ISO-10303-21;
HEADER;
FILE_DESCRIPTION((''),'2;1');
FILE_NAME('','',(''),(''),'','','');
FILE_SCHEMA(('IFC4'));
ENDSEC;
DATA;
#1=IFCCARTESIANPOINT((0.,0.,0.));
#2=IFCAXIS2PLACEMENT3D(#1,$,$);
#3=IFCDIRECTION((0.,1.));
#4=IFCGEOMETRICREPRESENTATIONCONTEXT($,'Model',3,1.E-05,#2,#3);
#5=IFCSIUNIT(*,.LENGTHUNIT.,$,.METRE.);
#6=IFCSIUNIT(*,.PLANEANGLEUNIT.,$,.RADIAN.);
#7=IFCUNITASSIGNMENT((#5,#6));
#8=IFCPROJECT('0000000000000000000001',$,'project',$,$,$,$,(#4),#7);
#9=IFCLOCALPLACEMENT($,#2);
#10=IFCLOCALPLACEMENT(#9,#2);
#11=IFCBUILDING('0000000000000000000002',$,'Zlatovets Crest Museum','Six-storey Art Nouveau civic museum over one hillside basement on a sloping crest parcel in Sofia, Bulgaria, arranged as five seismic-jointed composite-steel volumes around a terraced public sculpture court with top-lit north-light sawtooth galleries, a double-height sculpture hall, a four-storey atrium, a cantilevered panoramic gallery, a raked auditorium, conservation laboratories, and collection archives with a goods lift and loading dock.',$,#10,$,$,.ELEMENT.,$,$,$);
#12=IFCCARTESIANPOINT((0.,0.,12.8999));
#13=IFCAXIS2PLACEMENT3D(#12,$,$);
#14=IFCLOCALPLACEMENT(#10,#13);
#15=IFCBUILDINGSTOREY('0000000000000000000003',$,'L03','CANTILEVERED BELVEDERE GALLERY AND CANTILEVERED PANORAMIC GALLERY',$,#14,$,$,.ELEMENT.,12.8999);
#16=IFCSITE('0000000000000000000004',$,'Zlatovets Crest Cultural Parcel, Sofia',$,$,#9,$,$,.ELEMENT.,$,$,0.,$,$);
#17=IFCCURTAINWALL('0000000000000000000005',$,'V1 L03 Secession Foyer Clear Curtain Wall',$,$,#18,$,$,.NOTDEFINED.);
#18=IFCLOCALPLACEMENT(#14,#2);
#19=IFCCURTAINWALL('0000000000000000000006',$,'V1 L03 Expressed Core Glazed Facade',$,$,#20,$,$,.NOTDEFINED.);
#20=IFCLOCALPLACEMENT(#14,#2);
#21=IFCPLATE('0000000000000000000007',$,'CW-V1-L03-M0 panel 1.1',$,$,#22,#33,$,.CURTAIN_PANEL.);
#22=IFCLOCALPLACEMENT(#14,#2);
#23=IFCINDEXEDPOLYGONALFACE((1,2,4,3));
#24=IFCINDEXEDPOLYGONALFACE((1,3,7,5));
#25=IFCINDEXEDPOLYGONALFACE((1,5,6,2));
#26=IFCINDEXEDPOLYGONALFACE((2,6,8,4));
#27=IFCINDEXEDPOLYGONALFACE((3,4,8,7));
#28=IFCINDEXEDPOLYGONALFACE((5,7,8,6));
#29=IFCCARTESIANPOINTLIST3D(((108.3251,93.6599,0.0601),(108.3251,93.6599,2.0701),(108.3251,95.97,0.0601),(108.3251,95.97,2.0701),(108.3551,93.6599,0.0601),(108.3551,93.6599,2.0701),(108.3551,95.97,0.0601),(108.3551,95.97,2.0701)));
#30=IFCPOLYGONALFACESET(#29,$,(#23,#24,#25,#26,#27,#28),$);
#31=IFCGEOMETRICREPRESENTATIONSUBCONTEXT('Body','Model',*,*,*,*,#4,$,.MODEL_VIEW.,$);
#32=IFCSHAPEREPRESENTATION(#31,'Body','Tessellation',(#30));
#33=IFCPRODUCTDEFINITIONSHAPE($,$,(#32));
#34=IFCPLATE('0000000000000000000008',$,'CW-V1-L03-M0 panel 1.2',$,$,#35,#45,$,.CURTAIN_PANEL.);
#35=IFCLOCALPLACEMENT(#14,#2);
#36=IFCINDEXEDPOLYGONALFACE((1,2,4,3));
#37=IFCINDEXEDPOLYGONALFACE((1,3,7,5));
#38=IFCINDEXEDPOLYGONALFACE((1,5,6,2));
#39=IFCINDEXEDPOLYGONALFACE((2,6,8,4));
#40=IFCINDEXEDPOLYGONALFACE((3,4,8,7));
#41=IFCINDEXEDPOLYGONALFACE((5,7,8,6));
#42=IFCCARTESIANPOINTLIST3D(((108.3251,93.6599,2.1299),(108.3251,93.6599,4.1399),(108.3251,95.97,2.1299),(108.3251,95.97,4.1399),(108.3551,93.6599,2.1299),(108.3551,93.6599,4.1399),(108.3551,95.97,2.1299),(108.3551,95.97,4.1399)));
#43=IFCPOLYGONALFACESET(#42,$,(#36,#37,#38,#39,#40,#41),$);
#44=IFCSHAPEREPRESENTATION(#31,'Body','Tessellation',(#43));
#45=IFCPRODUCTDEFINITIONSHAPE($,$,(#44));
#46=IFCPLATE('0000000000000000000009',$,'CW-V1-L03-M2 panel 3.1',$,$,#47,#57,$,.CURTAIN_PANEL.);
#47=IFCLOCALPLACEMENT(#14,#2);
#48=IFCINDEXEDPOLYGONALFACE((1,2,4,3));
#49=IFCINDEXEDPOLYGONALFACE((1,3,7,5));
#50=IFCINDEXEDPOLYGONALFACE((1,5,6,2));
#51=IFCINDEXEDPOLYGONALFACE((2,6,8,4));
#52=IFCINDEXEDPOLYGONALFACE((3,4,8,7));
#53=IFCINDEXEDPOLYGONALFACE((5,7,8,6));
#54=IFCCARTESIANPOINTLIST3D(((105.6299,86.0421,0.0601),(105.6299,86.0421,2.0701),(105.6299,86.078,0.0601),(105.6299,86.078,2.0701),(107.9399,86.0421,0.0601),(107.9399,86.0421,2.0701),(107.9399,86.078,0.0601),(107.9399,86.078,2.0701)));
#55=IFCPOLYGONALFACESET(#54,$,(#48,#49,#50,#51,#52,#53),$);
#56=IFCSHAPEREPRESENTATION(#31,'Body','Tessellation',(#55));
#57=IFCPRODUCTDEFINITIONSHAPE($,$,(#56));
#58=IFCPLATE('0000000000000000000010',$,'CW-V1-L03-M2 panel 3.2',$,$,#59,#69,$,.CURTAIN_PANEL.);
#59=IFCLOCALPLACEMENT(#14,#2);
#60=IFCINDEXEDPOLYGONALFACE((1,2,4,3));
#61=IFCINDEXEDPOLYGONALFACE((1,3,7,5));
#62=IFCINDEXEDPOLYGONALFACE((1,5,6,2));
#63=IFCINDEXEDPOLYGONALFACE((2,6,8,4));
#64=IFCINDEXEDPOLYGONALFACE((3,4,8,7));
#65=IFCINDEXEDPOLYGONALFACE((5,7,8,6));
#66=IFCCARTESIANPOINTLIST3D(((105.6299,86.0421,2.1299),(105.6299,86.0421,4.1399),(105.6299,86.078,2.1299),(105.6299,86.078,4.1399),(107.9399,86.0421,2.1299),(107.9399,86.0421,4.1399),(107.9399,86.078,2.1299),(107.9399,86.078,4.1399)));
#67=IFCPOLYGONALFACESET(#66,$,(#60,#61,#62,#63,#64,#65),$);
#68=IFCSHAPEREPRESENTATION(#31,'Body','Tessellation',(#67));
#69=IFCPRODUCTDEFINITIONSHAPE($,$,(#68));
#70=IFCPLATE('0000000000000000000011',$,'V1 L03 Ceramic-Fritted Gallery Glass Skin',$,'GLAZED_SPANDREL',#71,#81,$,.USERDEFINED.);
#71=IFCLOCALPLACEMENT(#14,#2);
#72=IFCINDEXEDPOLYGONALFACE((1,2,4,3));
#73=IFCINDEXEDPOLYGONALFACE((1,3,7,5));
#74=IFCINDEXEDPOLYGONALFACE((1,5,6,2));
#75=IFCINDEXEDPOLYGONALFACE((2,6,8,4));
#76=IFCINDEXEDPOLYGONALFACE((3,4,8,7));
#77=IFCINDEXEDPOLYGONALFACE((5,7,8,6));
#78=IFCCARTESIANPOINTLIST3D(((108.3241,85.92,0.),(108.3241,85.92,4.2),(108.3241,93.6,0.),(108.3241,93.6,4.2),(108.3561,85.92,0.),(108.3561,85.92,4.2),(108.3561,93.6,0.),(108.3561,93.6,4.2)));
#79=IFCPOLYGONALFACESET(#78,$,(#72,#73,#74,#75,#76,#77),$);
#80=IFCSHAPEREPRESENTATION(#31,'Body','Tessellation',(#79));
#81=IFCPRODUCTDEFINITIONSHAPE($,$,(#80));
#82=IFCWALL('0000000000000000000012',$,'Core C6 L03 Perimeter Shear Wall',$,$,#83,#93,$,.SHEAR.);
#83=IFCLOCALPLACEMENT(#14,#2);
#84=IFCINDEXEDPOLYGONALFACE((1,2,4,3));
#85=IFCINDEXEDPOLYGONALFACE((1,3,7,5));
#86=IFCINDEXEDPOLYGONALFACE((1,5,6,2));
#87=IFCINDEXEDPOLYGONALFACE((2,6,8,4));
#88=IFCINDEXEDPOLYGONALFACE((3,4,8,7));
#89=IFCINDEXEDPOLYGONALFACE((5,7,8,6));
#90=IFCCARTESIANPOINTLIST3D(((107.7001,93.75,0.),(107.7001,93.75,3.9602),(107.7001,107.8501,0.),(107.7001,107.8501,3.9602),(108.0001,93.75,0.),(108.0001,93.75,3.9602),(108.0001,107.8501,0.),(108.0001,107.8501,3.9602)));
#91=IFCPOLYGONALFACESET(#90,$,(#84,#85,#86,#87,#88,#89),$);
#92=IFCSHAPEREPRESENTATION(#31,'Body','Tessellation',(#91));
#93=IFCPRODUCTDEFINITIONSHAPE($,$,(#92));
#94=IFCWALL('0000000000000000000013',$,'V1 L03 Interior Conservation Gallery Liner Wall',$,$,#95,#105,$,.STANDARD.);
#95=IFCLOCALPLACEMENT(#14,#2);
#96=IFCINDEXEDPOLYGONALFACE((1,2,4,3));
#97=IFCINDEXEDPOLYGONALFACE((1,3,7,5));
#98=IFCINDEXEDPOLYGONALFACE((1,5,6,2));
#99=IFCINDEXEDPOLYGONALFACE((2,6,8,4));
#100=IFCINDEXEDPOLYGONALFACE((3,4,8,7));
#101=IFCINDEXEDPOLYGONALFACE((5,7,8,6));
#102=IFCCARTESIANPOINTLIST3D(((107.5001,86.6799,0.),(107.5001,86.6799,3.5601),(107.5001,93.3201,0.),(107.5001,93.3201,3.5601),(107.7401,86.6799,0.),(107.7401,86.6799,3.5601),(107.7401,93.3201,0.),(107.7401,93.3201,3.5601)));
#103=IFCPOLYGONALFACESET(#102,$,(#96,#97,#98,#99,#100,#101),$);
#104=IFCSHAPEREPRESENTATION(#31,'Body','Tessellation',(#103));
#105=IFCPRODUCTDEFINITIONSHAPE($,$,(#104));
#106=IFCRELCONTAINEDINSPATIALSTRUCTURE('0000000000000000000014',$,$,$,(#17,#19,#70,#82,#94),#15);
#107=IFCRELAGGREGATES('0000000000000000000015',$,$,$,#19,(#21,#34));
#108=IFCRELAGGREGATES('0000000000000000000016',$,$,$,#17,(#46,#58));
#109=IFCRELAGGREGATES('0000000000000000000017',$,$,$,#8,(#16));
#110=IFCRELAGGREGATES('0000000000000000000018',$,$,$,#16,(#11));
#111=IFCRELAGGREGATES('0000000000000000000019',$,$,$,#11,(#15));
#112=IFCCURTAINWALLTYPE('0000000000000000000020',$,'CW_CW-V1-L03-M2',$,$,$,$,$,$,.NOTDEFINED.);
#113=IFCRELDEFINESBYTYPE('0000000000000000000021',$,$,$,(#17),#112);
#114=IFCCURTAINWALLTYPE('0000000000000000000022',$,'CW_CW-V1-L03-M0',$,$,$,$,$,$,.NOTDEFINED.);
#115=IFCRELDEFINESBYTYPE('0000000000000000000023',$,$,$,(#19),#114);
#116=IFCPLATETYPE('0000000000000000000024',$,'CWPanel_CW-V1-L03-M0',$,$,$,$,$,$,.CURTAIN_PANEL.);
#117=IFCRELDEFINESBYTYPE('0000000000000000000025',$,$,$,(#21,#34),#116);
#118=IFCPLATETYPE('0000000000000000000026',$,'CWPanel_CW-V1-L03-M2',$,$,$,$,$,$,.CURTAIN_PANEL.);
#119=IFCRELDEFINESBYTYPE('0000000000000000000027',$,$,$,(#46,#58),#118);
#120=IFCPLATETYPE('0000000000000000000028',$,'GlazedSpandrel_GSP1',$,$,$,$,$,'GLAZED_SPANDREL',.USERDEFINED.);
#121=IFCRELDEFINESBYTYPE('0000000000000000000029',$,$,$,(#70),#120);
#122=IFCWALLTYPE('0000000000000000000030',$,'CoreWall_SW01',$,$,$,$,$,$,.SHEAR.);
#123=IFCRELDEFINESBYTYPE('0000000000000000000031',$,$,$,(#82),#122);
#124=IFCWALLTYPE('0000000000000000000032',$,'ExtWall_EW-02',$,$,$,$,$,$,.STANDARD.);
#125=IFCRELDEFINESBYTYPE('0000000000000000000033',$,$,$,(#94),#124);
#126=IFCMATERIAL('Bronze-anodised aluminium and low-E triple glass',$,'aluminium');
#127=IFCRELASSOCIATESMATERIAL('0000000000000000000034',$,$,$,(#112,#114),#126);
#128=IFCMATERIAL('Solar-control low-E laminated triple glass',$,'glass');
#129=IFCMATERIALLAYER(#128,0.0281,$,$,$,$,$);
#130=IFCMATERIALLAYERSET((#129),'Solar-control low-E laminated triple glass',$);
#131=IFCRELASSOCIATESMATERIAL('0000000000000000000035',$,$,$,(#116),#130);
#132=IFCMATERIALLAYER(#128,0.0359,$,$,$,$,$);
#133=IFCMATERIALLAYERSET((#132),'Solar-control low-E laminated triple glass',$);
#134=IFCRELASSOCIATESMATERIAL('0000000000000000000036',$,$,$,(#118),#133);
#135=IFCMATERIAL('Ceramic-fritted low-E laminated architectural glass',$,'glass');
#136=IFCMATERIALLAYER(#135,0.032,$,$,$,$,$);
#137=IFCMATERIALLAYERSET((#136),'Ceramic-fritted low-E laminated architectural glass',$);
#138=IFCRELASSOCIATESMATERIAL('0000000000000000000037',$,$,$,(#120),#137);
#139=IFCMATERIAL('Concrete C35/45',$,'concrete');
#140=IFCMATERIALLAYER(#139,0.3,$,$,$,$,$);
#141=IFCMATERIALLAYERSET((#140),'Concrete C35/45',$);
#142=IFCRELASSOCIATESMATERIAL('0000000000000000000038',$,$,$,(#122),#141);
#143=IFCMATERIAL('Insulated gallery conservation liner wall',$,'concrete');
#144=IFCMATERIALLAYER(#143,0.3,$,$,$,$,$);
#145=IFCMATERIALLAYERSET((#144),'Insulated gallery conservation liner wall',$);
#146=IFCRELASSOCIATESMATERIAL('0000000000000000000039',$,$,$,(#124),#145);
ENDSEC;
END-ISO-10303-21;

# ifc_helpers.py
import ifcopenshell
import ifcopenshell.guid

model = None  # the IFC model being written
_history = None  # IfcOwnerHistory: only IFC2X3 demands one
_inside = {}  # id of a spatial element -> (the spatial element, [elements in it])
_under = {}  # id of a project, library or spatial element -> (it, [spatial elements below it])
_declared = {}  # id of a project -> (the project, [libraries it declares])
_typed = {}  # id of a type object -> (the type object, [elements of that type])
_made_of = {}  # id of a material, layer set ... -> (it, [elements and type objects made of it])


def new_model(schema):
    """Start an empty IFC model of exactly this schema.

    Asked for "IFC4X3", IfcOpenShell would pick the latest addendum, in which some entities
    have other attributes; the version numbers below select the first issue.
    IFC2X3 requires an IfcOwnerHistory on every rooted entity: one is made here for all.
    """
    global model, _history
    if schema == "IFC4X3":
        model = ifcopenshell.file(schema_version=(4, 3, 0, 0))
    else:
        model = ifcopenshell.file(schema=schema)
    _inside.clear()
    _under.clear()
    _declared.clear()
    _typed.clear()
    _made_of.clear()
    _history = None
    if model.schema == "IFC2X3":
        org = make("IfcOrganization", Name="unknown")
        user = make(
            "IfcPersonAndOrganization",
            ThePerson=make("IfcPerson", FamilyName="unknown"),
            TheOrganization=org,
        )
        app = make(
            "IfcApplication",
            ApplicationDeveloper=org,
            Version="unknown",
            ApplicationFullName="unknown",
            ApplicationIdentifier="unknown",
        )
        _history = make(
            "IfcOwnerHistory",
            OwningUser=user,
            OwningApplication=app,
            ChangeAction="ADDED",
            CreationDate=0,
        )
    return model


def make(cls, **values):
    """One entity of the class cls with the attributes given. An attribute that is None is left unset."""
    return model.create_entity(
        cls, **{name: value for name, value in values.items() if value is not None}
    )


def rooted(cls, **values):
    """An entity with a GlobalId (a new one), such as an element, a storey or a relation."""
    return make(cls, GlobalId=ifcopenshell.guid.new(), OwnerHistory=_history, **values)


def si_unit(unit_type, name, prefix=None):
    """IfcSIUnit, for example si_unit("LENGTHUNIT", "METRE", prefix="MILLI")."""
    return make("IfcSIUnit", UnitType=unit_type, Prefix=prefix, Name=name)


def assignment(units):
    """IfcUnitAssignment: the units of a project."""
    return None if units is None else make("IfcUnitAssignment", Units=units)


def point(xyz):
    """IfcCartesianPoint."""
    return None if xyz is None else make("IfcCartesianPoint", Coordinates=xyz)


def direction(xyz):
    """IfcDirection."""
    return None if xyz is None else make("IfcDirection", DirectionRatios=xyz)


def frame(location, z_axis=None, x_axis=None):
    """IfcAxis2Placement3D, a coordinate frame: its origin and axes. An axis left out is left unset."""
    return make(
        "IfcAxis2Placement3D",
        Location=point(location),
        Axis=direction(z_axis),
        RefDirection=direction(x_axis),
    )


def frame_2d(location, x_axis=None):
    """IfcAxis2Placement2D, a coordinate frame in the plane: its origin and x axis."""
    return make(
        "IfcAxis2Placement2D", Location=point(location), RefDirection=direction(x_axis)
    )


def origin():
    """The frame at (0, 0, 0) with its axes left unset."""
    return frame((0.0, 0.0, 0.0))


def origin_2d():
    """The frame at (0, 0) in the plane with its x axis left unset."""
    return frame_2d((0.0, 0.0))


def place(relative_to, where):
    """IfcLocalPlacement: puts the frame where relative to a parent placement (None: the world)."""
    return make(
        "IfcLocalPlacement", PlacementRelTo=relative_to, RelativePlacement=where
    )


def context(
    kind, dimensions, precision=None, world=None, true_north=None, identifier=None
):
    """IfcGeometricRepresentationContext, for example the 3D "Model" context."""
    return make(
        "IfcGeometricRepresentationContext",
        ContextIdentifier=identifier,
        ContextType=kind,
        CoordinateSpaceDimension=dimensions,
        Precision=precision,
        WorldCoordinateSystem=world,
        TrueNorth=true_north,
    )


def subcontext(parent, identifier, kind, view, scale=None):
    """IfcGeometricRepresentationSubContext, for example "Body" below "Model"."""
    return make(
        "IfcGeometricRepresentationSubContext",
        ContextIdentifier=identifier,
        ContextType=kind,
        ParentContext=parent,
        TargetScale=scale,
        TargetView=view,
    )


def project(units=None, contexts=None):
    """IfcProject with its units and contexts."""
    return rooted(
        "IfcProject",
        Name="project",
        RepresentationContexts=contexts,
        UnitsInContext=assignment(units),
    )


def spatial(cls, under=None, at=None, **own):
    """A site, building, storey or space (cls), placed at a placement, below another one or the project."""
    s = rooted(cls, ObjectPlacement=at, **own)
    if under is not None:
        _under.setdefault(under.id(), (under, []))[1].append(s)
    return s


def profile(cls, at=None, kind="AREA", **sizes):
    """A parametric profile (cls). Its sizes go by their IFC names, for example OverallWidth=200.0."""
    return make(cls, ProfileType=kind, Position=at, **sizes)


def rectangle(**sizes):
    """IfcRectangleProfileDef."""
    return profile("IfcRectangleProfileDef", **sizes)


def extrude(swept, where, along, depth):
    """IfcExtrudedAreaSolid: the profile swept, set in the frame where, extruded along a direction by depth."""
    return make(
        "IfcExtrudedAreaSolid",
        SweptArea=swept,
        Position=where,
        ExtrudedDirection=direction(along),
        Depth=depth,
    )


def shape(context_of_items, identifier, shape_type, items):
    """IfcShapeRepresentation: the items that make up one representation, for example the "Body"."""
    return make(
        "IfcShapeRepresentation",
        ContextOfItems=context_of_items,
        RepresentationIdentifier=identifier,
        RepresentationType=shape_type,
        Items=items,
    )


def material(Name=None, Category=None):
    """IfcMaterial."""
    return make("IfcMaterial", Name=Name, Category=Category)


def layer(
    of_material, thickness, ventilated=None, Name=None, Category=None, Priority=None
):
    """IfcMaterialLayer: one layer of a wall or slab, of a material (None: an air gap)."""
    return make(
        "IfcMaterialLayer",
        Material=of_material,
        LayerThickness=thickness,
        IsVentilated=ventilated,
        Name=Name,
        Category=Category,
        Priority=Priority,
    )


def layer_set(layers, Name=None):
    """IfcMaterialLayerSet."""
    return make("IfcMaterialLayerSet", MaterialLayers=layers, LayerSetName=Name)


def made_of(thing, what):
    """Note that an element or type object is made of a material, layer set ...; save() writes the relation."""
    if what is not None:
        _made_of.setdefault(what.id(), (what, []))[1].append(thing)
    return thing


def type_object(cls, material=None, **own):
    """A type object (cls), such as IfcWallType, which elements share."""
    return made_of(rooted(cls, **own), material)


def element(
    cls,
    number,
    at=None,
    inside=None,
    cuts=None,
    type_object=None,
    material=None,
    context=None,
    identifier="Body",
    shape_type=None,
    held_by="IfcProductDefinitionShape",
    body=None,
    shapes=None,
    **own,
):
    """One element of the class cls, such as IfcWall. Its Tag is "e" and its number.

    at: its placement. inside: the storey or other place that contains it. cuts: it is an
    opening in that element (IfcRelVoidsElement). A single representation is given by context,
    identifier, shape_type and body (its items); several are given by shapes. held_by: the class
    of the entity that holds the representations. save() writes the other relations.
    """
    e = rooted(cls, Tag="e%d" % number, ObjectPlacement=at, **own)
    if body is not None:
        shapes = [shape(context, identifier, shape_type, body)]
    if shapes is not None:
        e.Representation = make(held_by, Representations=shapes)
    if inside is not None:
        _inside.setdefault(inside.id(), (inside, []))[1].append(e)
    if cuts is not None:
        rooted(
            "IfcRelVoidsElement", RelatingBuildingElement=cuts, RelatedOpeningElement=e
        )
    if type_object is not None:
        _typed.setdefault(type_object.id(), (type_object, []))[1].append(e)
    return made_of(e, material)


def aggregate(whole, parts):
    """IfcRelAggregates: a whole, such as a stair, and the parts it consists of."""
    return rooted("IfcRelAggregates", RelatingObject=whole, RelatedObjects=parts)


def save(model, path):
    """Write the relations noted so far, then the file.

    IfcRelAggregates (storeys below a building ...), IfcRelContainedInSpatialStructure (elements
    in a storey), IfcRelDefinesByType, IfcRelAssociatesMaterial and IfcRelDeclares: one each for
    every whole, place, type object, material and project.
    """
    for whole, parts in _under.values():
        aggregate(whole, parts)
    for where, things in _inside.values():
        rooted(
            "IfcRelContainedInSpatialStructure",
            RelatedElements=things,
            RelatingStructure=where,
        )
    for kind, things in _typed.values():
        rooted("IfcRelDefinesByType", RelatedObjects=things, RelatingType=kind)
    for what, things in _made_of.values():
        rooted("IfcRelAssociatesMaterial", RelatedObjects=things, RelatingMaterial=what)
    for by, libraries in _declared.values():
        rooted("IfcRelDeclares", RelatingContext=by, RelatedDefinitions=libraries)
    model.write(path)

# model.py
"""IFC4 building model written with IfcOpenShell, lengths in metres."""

from ifc_helpers import new_model, si_unit, direction, frame, frame_2d, origin, origin_2d, place, context, subcontext, project, spatial, rectangle, extrude, material, layer, layer_set, type_object, element, aggregate, save


model = new_model("IFC4")

# Units and contexts
model_context = context("Model", 3, precision=1e-05, world=origin(), true_north=direction((0.0, 1.0)))
body_context = subcontext(model_context, "Body", "Model", "MODEL_VIEW")
ifc_project = project(units=[si_unit("LENGTHUNIT", "METRE"), si_unit("PLANEANGLEUNIT", "RADIAN")], contexts=[model_context])

# Site, building, storey
site_placement = place(None, origin())
site = spatial("IfcSite", under=ifc_project, at=site_placement, Name="Zlatovets Crest Cultural Parcel, Sofia", CompositionType="ELEMENT", RefElevation=0.0)
building_placement = place(site_placement, origin())
building = spatial("IfcBuilding", under=site, at=building_placement, Name="Zlatovets Crest Museum", Description="Six-storey Art Nouveau civic museum over one hillside basement on a sloping crest parcel in Sofia, Bulgaria, arranged as five seismic-jointed composite-steel volumes around a terraced public sculpture court with top-lit north-light sawtooth galleries, a double-height sculpture hall, a four-storey atrium, a cantilevered panoramic gallery, a raked auditorium, conservation laboratories, and collection archives with a goods lift and loading dock.", CompositionType="ELEMENT")
storey_placement = place(building_placement, frame((0.0, 0.0, 12.8999)))
storey = spatial("IfcBuildingStorey", under=building, at=storey_placement, Name="L03", Description="CANTILEVERED BELVEDERE GALLERY AND CANTILEVERED PANORAMIC GALLERY", CompositionType="ELEMENT", Elevation=12.8999)

# Curtain walls
ifc_material_1 = material(Name="Bronze-anodised aluminium and low-E triple glass", Category="aluminium")
curtain_wall_type_1 = type_object("IfcCurtainWallType", Name="CW_CW-V1-L03-M2", PredefinedType="NOTDEFINED", material=ifc_material_1)
curtain_wall_1_placement = place(storey_placement, origin())
curtain_wall_1 = element("IfcCurtainWall", 1, at=curtain_wall_1_placement, inside=storey, type_object=curtain_wall_type_1, Name="V1 L03 Secession Foyer Clear Curtain Wall", PredefinedType="NOTDEFINED")
curtain_wall_type_2 = type_object("IfcCurtainWallType", Name="CW_CW-V1-L03-M0", PredefinedType="NOTDEFINED", material=ifc_material_1)
curtain_wall_2_placement = place(storey_placement, origin())
curtain_wall_2 = element("IfcCurtainWall", 2, at=curtain_wall_2_placement, inside=storey, type_object=curtain_wall_type_2, Name="V1 L03 Expressed Core Glazed Facade", PredefinedType="NOTDEFINED")

# Plates
ifc_material_2 = material(Name="Solar-control low-E laminated triple glass", Category="glass")
ifc_layer_1 = layer(ifc_material_2, 0.0281)
ifc_layer_set_1 = layer_set([ifc_layer_1], Name="Solar-control low-E laminated triple glass")
plate_type_1 = type_object("IfcPlateType", Name="CWPanel_CW-V1-L03-M0", PredefinedType="CURTAIN_PANEL", material=ifc_layer_set_1)
plate_1_placement = place(storey_placement, frame((108.3401, 94.8149, 0.0601), z_axis=(0.0, 0.0, 1.0), x_axis=(0.0, 1.0, 0.0)))
plate_1 = element("IfcPlate", 3, at=plate_1_placement, type_object=plate_type_1, Name="CW-V1-L03-M0 panel 1.1", PredefinedType="CURTAIN_PANEL", context=body_context, shape_type="SweptSolid", body=[
    extrude(rectangle(XDim=2.3101, YDim=0.03, at=origin_2d()), origin(), (0.0, 0.0, 1.0), 2.01),
])
plate_2_placement = place(storey_placement, frame((108.3401, 94.8149, 2.1299), z_axis=(0.0, 0.0, 1.0), x_axis=(0.0, 1.0, 0.0)))
plate_2 = element("IfcPlate", 4, at=plate_2_placement, type_object=plate_type_1, Name="CW-V1-L03-M0 panel 1.2", PredefinedType="CURTAIN_PANEL", context=body_context, shape_type="SweptSolid", body=[
    extrude(rectangle(XDim=2.3101, YDim=0.03, at=origin_2d()), origin(), (0.0, 0.0, 1.0), 2.01),
])
aggregate(curtain_wall_2, [plate_1, plate_2])
ifc_layer_2 = layer(ifc_material_2, 0.0359)
ifc_layer_set_2 = layer_set([ifc_layer_2], Name="Solar-control low-E laminated triple glass")
plate_type_2 = type_object("IfcPlateType", Name="CWPanel_CW-V1-L03-M2", PredefinedType="CURTAIN_PANEL", material=ifc_layer_set_2)
plate_3_placement = place(storey_placement, frame((106.7849, 86.0601, 0.0601), z_axis=(0.0, 0.0, 1.0), x_axis=(1.0, 0.0, 0.0)))
plate_3 = element("IfcPlate", 5, at=plate_3_placement, type_object=plate_type_2, Name="CW-V1-L03-M2 panel 3.1", PredefinedType="CURTAIN_PANEL", context=body_context, shape_type="SweptSolid", body=[
    extrude(rectangle(XDim=2.3101, YDim=0.0359, at=origin_2d()), origin(), (0.0, 0.0, 1.0), 2.01),
])
plate_4_placement = place(storey_placement, frame((106.7849, 86.0601, 2.1299), z_axis=(0.0, 0.0, 1.0), x_axis=(1.0, 0.0, 0.0)))
plate_4 = element("IfcPlate", 6, at=plate_4_placement, type_object=plate_type_2, Name="CW-V1-L03-M2 panel 3.2", PredefinedType="CURTAIN_PANEL", context=body_context, shape_type="SweptSolid", body=[
    extrude(rectangle(XDim=2.3101, YDim=0.0359, at=origin_2d()), origin(), (0.0, 0.0, 1.0), 2.01),
])
aggregate(curtain_wall_1, [plate_3, plate_4])
ifc_material_3 = material(Name="Ceramic-fritted low-E laminated architectural glass", Category="glass")
ifc_layer_3 = layer(ifc_material_3, 0.032)
ifc_layer_set_3 = layer_set([ifc_layer_3], Name="Ceramic-fritted low-E laminated architectural glass")
plate_type_3 = type_object("IfcPlateType", Name="GlazedSpandrel_GSP1", ElementType="GLAZED_SPANDREL", PredefinedType="USERDEFINED", material=ifc_layer_set_3)
plate_5_placement = place(storey_placement, frame((108.3401, 89.76, 0.0), z_axis=(0.0, 0.0, 1.0), x_axis=(0.0, 1.0, 0.0)))
element("IfcPlate", 7, at=plate_5_placement, inside=storey, type_object=plate_type_3, Name="V1 L03 Ceramic-Fritted Gallery Glass Skin", ObjectType="GLAZED_SPANDREL", PredefinedType="USERDEFINED", context=body_context, shape_type="SweptSolid", body=[
    extrude(rectangle(XDim=7.6799, YDim=0.032, at=origin_2d()), origin(), (0.0, 0.0, 1.0), 4.2),
])

# Walls
ifc_material_4 = material(Name="Concrete C35/45", Category="concrete")
ifc_layer_4 = layer(ifc_material_4, 0.3)
ifc_layer_set_4 = layer_set([ifc_layer_4], Name="Concrete C35/45")
wall_type_1 = type_object("IfcWallType", Name="CoreWall_SW01", PredefinedType="SHEAR", material=ifc_layer_set_4)
wall_1_placement = place(storey_placement, frame((107.8501, 93.75, 0.0), z_axis=(0.0, 0.0, 1.0), x_axis=(0.0, 1.0, 0.0)))
element("IfcWall", 8, at=wall_1_placement, inside=storey, type_object=wall_type_1, Name="Core C6 L03 Perimeter Shear Wall", PredefinedType="SHEAR", context=body_context, shape_type="SweptSolid", body=[
    extrude(rectangle(XDim=14.1001, YDim=0.3, at=frame_2d((7.05, 0.0))), origin(), (0.0, 0.0, 1.0), 3.9602),
])
ifc_material_5 = material(Name="Insulated gallery conservation liner wall", Category="concrete")
ifc_layer_5 = layer(ifc_material_5, 0.3)
ifc_layer_set_5 = layer_set([ifc_layer_5], Name="Insulated gallery conservation liner wall")
wall_type_2 = type_object("IfcWallType", Name="ExtWall_EW-02", PredefinedType="STANDARD", material=ifc_layer_set_5)
wall_2_placement = place(storey_placement, frame((107.6201, 86.6799, 0.0), z_axis=(0.0, 0.0, 1.0), x_axis=(0.0, 1.0, 0.0)))
element("IfcWall", 9, at=wall_2_placement, inside=storey, type_object=wall_type_2, Name="V1 L03 Interior Conservation Gallery Liner Wall", PredefinedType="STANDARD", context=body_context, shape_type="SweptSolid", body=[
    extrude(rectangle(XDim=6.6401, YDim=0.24, at=frame_2d((3.3201, 0.0))), origin(), (0.0, 0.0, 1.0), 3.5601),
])

save(model, "model.ifc")
